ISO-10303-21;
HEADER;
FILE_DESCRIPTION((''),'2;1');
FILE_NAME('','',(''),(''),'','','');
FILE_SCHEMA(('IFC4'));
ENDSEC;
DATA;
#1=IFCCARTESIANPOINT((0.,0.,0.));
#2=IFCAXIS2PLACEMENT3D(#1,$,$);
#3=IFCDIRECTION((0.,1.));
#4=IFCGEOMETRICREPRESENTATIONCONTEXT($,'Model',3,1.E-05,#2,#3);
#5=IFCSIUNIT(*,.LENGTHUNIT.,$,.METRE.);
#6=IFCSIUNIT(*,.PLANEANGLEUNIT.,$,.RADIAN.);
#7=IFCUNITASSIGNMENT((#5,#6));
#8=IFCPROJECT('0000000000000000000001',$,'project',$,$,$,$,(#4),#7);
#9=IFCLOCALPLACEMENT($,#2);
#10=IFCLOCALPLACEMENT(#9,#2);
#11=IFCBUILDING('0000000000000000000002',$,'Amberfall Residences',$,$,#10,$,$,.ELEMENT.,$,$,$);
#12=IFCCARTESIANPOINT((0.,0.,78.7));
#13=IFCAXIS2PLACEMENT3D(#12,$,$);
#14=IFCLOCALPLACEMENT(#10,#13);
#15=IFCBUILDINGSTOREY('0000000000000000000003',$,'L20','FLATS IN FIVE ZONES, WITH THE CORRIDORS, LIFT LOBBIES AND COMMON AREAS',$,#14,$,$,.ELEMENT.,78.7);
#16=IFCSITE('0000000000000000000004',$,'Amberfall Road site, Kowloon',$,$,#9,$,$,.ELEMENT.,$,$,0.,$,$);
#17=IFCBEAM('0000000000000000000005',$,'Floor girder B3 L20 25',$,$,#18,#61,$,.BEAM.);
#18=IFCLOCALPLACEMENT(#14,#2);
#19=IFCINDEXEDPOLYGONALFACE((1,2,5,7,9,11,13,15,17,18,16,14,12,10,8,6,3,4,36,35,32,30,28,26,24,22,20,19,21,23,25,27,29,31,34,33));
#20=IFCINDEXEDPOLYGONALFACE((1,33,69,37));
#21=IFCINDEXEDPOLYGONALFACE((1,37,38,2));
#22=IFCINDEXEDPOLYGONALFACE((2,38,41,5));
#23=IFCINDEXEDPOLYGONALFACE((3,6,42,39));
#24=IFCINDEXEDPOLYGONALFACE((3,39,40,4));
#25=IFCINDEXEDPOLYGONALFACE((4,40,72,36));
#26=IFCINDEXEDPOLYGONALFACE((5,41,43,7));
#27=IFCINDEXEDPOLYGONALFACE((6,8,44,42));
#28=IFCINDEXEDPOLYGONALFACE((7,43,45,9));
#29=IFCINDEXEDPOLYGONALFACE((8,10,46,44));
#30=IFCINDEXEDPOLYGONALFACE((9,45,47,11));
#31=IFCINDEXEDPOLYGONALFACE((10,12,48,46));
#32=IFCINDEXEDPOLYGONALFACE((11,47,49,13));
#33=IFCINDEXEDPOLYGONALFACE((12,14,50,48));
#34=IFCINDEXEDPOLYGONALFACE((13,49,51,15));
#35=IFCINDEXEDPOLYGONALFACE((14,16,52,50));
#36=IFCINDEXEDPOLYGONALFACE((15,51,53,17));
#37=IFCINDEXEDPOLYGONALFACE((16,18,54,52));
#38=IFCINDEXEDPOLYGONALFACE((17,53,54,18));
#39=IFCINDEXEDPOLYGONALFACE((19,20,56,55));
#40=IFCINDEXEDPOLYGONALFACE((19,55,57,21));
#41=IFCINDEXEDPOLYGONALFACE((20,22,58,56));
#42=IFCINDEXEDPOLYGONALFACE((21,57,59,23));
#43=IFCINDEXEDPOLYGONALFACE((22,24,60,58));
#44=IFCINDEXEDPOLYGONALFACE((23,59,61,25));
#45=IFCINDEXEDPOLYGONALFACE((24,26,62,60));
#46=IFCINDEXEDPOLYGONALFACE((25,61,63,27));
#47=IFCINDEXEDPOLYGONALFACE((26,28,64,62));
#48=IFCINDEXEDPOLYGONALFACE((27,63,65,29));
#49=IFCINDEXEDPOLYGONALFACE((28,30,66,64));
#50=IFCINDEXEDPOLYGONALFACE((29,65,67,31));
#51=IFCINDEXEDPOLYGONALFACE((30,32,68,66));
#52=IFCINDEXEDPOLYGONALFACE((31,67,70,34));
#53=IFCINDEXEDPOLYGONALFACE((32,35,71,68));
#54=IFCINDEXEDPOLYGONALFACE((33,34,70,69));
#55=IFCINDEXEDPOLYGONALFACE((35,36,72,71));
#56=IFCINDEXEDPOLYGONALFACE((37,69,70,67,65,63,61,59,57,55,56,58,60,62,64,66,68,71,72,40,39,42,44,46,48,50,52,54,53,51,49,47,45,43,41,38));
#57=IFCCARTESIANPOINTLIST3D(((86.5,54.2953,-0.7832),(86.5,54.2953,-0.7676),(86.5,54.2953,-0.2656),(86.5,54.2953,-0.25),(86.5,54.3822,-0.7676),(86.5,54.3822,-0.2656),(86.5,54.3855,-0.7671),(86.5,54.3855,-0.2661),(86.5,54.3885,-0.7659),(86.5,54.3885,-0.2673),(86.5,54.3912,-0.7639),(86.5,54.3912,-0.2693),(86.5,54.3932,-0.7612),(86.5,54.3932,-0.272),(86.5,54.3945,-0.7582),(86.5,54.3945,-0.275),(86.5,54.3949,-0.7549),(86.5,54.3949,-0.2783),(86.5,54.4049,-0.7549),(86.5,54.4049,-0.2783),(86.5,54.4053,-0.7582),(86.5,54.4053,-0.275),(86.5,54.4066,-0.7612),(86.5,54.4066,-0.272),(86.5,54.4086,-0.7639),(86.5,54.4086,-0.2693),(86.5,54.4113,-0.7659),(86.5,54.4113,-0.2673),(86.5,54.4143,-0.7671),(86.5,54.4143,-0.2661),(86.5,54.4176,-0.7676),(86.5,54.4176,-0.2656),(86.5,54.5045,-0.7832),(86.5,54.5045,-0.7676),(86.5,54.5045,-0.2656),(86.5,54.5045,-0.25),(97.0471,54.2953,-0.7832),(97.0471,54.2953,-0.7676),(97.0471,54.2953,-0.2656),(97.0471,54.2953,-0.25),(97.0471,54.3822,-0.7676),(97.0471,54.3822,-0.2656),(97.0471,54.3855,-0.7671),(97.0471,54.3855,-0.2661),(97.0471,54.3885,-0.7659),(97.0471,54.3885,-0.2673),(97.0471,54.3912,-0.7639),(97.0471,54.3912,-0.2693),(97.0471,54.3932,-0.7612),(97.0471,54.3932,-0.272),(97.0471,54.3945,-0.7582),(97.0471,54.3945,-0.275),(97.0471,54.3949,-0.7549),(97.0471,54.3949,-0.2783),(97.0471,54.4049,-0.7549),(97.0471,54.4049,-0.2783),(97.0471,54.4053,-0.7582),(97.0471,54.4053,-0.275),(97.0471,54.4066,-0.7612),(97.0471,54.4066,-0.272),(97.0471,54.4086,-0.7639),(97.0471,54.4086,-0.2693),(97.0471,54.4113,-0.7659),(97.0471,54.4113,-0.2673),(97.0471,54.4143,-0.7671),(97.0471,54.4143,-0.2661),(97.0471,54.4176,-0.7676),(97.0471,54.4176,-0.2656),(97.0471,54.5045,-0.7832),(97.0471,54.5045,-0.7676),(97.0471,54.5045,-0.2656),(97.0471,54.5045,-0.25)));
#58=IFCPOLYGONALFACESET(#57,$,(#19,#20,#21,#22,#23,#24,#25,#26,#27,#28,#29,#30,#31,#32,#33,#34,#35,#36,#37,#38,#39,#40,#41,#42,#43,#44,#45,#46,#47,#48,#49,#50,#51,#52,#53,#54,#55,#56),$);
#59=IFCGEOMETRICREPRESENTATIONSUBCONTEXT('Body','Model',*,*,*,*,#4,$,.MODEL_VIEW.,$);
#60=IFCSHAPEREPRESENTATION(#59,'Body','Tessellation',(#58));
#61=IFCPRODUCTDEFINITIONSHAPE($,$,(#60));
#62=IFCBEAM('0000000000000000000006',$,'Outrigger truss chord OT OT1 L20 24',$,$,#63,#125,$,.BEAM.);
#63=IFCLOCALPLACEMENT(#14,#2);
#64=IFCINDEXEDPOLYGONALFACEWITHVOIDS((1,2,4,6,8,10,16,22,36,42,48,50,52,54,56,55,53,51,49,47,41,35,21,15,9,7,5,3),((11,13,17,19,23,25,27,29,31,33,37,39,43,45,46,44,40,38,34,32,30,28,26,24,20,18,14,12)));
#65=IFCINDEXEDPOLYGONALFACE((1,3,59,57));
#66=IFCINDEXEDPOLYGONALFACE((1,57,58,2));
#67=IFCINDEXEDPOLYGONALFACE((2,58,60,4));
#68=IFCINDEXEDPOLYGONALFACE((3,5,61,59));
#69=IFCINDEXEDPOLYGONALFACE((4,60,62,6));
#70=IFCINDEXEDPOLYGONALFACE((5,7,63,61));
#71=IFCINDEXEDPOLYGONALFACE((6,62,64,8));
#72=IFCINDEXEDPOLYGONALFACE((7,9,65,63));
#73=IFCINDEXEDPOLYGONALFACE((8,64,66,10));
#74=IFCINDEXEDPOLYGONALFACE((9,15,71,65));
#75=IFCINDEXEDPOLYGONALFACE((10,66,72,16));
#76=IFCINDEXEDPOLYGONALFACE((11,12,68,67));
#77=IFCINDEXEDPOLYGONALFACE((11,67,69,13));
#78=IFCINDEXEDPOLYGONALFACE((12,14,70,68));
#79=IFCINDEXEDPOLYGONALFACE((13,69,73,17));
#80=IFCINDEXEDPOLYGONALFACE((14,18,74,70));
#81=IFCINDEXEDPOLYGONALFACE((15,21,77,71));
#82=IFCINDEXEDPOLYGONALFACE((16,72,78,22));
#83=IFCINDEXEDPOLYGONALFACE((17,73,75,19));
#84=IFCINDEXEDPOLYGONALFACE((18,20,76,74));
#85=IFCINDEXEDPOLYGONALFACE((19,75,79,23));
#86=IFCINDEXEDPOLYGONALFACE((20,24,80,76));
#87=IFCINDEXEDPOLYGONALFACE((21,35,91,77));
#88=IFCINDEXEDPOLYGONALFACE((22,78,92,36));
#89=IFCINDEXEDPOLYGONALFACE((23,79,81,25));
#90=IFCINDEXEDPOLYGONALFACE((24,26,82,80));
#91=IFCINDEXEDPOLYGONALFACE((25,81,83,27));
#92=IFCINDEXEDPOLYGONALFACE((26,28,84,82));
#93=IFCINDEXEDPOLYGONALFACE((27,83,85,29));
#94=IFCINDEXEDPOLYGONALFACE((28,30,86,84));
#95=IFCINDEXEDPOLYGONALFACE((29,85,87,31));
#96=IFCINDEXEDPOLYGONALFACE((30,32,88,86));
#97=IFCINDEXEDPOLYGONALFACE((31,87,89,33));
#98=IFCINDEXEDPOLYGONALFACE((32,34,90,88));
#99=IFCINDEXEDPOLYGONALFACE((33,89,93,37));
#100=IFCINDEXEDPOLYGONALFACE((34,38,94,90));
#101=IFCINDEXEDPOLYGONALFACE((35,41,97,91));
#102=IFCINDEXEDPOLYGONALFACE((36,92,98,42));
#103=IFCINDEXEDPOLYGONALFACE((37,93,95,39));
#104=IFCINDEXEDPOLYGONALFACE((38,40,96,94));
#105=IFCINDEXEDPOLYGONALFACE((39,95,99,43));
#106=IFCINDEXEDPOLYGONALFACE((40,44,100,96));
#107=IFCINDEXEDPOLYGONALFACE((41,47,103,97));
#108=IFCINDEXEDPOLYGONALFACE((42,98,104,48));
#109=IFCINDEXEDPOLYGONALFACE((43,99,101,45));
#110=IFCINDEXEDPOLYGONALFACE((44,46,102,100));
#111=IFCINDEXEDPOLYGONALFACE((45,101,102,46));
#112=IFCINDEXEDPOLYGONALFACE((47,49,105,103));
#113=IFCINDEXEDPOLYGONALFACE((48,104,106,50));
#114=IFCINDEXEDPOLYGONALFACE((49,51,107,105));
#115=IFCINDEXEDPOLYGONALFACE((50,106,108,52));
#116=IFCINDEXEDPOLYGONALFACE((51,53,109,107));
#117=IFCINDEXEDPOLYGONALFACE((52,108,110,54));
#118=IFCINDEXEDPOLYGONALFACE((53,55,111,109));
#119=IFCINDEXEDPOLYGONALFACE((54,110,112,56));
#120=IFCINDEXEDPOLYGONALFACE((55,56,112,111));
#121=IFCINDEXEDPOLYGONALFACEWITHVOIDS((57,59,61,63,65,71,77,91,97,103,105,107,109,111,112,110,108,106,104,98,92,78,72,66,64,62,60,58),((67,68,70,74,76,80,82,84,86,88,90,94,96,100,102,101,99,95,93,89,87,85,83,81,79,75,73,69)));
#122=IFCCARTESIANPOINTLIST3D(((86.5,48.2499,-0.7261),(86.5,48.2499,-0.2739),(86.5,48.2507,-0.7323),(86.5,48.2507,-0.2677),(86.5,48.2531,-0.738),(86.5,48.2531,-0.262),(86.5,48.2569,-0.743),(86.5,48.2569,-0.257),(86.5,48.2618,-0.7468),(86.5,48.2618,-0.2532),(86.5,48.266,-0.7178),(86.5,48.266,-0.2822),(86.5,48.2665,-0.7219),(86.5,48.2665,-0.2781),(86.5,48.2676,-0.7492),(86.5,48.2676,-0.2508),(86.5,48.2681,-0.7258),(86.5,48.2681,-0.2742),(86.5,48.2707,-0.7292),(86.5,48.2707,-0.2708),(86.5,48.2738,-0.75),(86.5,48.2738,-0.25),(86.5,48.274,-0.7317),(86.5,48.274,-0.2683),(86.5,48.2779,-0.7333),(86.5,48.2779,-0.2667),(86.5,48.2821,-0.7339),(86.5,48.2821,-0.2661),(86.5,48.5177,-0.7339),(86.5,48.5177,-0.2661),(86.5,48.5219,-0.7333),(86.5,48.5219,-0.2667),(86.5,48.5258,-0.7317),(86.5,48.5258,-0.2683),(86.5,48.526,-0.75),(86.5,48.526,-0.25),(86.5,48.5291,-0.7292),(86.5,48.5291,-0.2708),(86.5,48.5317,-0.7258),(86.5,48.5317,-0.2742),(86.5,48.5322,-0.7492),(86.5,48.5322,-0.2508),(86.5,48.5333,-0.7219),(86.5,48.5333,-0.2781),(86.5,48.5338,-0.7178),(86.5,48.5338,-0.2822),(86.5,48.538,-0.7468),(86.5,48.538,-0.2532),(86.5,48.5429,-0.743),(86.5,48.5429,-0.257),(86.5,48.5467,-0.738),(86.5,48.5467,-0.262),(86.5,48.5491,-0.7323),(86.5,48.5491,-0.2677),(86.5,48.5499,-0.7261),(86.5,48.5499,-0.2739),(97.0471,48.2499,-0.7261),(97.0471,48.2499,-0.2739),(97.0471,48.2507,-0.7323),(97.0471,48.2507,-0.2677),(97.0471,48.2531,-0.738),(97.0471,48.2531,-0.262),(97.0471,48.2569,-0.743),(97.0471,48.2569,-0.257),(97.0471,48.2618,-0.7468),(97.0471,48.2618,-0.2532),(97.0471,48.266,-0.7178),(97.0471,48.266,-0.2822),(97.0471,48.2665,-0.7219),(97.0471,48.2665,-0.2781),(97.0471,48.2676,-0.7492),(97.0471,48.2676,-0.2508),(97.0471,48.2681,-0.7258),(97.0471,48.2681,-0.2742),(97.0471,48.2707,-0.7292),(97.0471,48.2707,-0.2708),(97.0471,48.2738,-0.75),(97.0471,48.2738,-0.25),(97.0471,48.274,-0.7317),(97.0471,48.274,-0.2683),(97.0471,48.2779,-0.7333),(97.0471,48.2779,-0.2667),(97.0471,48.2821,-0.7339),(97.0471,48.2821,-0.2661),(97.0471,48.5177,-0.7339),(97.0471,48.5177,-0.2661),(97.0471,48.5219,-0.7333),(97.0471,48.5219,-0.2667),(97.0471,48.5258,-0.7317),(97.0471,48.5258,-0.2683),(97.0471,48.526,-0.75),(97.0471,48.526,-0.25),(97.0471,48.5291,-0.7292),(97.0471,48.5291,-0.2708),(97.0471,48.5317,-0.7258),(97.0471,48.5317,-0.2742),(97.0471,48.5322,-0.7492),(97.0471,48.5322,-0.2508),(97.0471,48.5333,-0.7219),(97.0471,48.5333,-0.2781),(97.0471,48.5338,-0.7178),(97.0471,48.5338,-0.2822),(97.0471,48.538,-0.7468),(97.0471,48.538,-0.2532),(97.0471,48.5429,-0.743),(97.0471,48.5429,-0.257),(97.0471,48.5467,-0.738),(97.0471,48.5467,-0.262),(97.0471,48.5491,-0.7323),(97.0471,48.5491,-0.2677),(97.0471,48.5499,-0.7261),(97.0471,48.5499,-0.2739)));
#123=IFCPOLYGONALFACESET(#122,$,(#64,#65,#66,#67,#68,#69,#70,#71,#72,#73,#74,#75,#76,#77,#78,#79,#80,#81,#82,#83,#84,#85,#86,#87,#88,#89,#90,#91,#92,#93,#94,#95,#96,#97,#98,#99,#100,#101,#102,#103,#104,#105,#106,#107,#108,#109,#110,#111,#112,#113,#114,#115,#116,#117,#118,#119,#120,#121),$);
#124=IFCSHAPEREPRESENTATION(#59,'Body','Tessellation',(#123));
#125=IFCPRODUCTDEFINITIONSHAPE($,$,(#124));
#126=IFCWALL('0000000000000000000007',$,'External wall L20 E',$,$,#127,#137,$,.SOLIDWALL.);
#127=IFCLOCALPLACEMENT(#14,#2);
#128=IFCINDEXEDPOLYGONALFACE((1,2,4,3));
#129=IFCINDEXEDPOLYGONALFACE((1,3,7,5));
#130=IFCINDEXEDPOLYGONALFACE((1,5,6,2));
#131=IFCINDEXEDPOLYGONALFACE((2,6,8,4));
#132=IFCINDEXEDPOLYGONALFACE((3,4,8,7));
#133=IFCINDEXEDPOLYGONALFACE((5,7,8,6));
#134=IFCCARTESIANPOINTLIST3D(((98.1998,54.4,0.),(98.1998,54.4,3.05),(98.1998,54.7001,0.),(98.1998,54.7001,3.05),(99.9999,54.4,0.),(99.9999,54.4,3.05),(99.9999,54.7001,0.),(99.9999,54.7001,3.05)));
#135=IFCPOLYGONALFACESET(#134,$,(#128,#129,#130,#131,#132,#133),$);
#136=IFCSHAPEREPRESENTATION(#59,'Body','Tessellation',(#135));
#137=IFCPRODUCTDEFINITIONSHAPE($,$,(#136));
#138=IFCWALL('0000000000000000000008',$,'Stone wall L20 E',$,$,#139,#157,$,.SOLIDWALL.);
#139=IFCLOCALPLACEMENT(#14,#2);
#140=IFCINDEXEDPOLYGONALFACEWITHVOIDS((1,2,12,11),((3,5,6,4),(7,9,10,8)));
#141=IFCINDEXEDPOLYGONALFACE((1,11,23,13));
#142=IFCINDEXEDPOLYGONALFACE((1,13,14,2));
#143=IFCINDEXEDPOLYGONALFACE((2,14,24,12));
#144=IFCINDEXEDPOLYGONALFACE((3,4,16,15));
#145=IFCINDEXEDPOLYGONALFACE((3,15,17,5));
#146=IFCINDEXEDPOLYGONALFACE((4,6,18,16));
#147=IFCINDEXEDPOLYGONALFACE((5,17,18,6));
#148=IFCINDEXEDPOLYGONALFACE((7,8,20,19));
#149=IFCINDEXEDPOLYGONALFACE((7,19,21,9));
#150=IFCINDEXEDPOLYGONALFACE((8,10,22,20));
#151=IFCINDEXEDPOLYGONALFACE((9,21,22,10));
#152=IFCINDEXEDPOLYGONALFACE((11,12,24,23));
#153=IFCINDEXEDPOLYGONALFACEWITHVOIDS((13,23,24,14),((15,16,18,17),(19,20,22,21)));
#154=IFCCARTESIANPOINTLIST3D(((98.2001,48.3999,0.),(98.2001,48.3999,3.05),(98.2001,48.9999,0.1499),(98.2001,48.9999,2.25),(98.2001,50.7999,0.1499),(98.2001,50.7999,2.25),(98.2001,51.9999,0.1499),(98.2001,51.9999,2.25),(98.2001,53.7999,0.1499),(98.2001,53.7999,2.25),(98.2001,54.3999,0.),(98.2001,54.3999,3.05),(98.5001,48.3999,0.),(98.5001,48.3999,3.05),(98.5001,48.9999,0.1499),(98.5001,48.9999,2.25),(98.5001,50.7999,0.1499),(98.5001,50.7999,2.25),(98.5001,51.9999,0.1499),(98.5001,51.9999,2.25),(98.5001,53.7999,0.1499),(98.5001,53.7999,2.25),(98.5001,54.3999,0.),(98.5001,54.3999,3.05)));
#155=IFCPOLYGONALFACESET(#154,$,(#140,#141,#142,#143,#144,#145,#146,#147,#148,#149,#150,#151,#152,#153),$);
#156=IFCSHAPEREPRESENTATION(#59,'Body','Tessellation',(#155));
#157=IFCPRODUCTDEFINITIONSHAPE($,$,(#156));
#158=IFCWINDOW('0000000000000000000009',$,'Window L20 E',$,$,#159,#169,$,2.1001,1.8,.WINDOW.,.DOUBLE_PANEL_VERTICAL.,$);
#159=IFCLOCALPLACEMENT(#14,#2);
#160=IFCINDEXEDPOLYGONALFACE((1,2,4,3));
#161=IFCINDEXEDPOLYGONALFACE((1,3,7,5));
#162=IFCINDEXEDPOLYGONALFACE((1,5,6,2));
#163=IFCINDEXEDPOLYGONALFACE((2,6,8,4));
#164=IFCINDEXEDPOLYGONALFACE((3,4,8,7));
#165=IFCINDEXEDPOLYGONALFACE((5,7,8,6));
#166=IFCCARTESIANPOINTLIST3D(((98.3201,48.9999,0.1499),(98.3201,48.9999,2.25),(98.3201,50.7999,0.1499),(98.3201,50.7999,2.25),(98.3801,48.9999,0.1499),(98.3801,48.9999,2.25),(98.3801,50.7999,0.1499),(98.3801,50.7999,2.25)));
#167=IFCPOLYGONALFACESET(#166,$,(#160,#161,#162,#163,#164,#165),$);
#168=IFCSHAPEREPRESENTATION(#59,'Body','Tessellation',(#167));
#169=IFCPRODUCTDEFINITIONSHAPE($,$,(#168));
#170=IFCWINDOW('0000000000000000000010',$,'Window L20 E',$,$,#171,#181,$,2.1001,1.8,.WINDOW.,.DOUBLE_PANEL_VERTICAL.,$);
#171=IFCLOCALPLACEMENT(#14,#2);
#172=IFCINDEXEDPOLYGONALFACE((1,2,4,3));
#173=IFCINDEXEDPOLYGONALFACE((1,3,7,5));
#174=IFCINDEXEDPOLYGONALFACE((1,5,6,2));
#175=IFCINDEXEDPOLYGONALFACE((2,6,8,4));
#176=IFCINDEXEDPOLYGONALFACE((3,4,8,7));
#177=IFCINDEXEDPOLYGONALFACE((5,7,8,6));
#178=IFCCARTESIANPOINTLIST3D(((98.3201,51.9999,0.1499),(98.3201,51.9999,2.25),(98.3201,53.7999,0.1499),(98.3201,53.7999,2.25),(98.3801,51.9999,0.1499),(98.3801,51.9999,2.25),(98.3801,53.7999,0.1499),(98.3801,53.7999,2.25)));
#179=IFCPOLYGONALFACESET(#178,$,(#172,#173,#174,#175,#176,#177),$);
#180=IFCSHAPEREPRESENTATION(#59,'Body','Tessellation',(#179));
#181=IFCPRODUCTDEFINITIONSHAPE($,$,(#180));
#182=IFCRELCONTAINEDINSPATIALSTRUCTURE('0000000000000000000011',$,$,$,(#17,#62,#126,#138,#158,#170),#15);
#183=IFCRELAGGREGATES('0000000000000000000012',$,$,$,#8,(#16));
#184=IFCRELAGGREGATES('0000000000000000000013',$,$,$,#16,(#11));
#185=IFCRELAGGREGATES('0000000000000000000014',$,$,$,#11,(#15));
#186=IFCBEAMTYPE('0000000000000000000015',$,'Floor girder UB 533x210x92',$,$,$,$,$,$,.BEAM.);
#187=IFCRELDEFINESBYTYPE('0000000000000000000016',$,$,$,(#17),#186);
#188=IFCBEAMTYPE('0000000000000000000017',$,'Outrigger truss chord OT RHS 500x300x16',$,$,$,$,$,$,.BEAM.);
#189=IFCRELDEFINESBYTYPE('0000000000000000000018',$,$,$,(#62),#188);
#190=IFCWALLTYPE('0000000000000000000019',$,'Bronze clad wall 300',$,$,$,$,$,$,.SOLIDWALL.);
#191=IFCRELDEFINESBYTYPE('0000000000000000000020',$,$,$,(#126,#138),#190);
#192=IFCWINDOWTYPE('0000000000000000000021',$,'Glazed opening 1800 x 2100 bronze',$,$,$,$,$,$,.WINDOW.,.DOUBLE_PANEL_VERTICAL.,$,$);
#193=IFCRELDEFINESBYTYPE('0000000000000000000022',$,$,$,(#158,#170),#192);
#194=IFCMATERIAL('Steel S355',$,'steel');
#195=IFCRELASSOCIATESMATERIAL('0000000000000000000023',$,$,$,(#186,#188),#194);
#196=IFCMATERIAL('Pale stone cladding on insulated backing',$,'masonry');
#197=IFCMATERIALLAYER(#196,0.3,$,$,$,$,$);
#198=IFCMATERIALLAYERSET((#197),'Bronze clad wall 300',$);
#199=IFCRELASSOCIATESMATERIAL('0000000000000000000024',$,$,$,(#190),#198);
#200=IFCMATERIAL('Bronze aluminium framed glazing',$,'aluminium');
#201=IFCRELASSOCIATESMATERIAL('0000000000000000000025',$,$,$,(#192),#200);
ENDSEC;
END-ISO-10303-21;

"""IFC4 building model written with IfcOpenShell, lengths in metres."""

from ifc_helpers import new_model, si_unit, direction, frame, frame_2d, origin, origin_2d, place, context, subcontext, project, spatial, rectangle, hollow_rectangle, i_section, extrude, material, layer, layer_set, material_profile, profile_set, type_object, element, fill, save


model = new_model("IFC4")

# Units and contexts
model_context = context("Model", 3, precision=1e-05, world=origin(), true_north=direction((0.0, 1.0)))
body_context = subcontext(model_context, "Body", "Model", "MODEL_VIEW")
ifc_project = project(units=[si_unit("LENGTHUNIT", "METRE"), si_unit("PLANEANGLEUNIT", "RADIAN")], contexts=[model_context])

# Site, building, storey
site_placement = place(None, origin())
site = spatial("IfcSite", under=ifc_project, at=site_placement, Name="Amberfall Road site, Kowloon", CompositionType="ELEMENT", RefElevation=0.0)
building_placement = place(site_placement, origin())
building = spatial("IfcBuilding", under=site, at=building_placement, Name="Amberfall Residences", CompositionType="ELEMENT")
storey_placement = place(building_placement, frame((0.0, 0.0, 78.7)))
storey = spatial("IfcBuildingStorey", under=building, at=storey_placement, Name="L20", Description="FLATS IN FIVE ZONES, WITH THE CORRIDORS, LIFT LOBBIES AND COMMON AREAS", CompositionType="ELEMENT", Elevation=78.7)

# Shared definitions
ifc_material_1 = material(Name="Steel S355", Category="steel")

# Beams
ifc_material_profile_1 = material_profile(ifc_material_1, i_section(OverallWidth=0.2092, OverallDepth=0.5332, WebThickness=0.01, FlangeThickness=0.0156, FilletRadius=0.0127, at=origin_2d()), Name="UB 533x210x92")
ifc_profile_set_1 = profile_set([ifc_material_profile_1], Name="Steel S355")
beam_type_1 = type_object("IfcBeamType", Name="Floor girder UB 533x210x92", PredefinedType="BEAM", material=ifc_profile_set_1)
beam_1_placement = place(storey_placement, frame((97.0471, 54.3999, -0.5166), z_axis=(-1.0, 0.0, 0.0), x_axis=(0.0, -1.0, 0.0)))
element("IfcBeam", 1, at=beam_1_placement, inside=storey, type_object=beam_type_1, Name="Floor girder B3 L20 25", PredefinedType="BEAM", context=body_context, shape_type="SweptSolid", body=[
    extrude(i_section(OverallWidth=0.2092, OverallDepth=0.5332, WebThickness=0.01, FlangeThickness=0.0156, FilletRadius=0.0127, at=origin_2d()), origin(), (0.0, 0.0, 1.0), 10.5471),
])
ifc_material_profile_2 = material_profile(ifc_material_1, hollow_rectangle(XDim=0.3, YDim=0.5, WallThickness=0.0161, InnerFilletRadius=0.0161, OuterFilletRadius=0.0239, at=origin_2d()), Name="RHS 500x300x16")
ifc_profile_set_2 = profile_set([ifc_material_profile_2], Name="Steel S355")
beam_type_2 = type_object("IfcBeamType", Name="Outrigger truss chord OT RHS 500x300x16", PredefinedType="BEAM", material=ifc_profile_set_2)
beam_2_placement = place(storey_placement, frame((97.0471, 48.3999, -0.5), z_axis=(-1.0, 0.0, 0.0), x_axis=(0.0, -1.0, 0.0)))
element("IfcBeam", 2, at=beam_2_placement, inside=storey, type_object=beam_type_2, Name="Outrigger truss chord OT OT1 L20 24", PredefinedType="BEAM", context=body_context, shape_type="SweptSolid", body=[
    extrude(hollow_rectangle(XDim=0.3, YDim=0.5, WallThickness=0.0161, InnerFilletRadius=0.0161, OuterFilletRadius=0.0239, at=origin_2d()), origin(), (0.0, 0.0, 1.0), 10.5471),
])

# Wall
ifc_material_2 = material(Name="Pale stone cladding on insulated backing", Category="masonry")
ifc_layer_1 = layer(ifc_material_2, 0.3)
ifc_layer_set_1 = layer_set([ifc_layer_1], Name="Bronze clad wall 300")
wall_type_1 = type_object("IfcWallType", Name="Bronze clad wall 300", PredefinedType="SOLIDWALL", material=ifc_layer_set_1)
wall_1_placement = place(storey_placement, frame((98.2, 54.55, 0.0), z_axis=(0.0, 0.0, 1.0), x_axis=(1.0, 0.0, 0.0)))
element("IfcWall", 3, at=wall_1_placement, inside=storey, type_object=wall_type_1, Name="External wall L20 E", PredefinedType="SOLIDWALL", context=body_context, shape_type="SweptSolid", body=[
    extrude(rectangle(XDim=1.8, YDim=0.3, at=frame_2d((0.8999, 0.0))), origin(), (0.0, 0.0, 1.0), 3.05),
])

# Wall, openings, windows
wall_2_placement = place(storey_placement, frame((98.3501, 48.3999, 0.0), z_axis=(0.0, 0.0, 1.0), x_axis=(0.0, 1.0, 0.0)))
wall_2 = element("IfcWall", 4, at=wall_2_placement, inside=storey, type_object=wall_type_1, Name="Stone wall L20 E", PredefinedType="SOLIDWALL", context=body_context, shape_type="SweptSolid", body=[
    extrude(rectangle(XDim=6.0, YDim=0.3, at=frame_2d((3.0, 0.0))), origin(), (0.0, 0.0, 1.0), 3.05),
])
opening_1_placement = place(wall_2_placement, frame((0.6001, 0.0, 0.1499)))
opening_1 = element("IfcOpeningElement", 5, at=opening_1_placement, cuts=wall_2, PredefinedType="OPENING", context=body_context, shape_type="SweptSolid", body=[
    extrude(rectangle(XDim=1.8, YDim=2.1001, at=frame_2d((0.8999, 1.05))), frame((0.0, 0.1599, 0.0), z_axis=(0.0, -1.0, 0.0), x_axis=(1.0, 0.0, 0.0)), (0.0, 0.0, 1.0), 0.3201),
])
opening_2_placement = place(wall_2_placement, frame((3.6001, 0.0, 0.1499)))
opening_2 = element("IfcOpeningElement", 6, at=opening_2_placement, cuts=wall_2, PredefinedType="OPENING", context=body_context, shape_type="SweptSolid", body=[
    extrude(rectangle(XDim=1.8, YDim=2.1001, at=frame_2d((0.8999, 1.05))), frame((0.0, 0.1599, 0.0), z_axis=(0.0, -1.0, 0.0), x_axis=(1.0, 0.0, 0.0)), (0.0, 0.0, 1.0), 0.3201),
])
ifc_material_3 = material(Name="Bronze aluminium framed glazing", Category="aluminium")
window_type = type_object("IfcWindowType", Name="Glazed opening 1800 x 2100 bronze", PartitioningType="DOUBLE_PANEL_VERTICAL", PredefinedType="WINDOW", material=ifc_material_3)
window_1_placement = place(opening_1_placement, origin())
window_1 = element("IfcWindow", 7, at=window_1_placement, inside=storey, type_object=window_type, Name="Window L20 E", OverallHeight=2.1001, OverallWidth=1.8, PartitioningType="DOUBLE_PANEL_VERTICAL", PredefinedType="WINDOW", context=body_context, shape_type="SweptSolid", body=[
    extrude(rectangle(XDim=1.8, YDim=2.1001, at=frame_2d((0.8999, 1.05))), frame((0.0, 0.03, 0.0), z_axis=(0.0, -1.0, 0.0), x_axis=(1.0, 0.0, 0.0)), (0.0, 0.0, 1.0), 0.0601),
])
fill(opening_1, window_1)
window_2_placement = place(opening_2_placement, origin())
window_2 = element("IfcWindow", 8, at=window_2_placement, inside=storey, type_object=window_type, Name="Window L20 E", OverallHeight=2.1001, OverallWidth=1.8, PartitioningType="DOUBLE_PANEL_VERTICAL", PredefinedType="WINDOW", context=body_context, shape_type="SweptSolid", body=[
    extrude(rectangle(XDim=1.8, YDim=2.1001, at=frame_2d((0.8999, 1.05))), frame((0.0, 0.03, 0.0), z_axis=(0.0, -1.0, 0.0), x_axis=(1.0, 0.0, 0.0)), (0.0, 0.0, 1.0), 0.0601),
])
fill(opening_2, window_2)

save(model, "model.ifc")
